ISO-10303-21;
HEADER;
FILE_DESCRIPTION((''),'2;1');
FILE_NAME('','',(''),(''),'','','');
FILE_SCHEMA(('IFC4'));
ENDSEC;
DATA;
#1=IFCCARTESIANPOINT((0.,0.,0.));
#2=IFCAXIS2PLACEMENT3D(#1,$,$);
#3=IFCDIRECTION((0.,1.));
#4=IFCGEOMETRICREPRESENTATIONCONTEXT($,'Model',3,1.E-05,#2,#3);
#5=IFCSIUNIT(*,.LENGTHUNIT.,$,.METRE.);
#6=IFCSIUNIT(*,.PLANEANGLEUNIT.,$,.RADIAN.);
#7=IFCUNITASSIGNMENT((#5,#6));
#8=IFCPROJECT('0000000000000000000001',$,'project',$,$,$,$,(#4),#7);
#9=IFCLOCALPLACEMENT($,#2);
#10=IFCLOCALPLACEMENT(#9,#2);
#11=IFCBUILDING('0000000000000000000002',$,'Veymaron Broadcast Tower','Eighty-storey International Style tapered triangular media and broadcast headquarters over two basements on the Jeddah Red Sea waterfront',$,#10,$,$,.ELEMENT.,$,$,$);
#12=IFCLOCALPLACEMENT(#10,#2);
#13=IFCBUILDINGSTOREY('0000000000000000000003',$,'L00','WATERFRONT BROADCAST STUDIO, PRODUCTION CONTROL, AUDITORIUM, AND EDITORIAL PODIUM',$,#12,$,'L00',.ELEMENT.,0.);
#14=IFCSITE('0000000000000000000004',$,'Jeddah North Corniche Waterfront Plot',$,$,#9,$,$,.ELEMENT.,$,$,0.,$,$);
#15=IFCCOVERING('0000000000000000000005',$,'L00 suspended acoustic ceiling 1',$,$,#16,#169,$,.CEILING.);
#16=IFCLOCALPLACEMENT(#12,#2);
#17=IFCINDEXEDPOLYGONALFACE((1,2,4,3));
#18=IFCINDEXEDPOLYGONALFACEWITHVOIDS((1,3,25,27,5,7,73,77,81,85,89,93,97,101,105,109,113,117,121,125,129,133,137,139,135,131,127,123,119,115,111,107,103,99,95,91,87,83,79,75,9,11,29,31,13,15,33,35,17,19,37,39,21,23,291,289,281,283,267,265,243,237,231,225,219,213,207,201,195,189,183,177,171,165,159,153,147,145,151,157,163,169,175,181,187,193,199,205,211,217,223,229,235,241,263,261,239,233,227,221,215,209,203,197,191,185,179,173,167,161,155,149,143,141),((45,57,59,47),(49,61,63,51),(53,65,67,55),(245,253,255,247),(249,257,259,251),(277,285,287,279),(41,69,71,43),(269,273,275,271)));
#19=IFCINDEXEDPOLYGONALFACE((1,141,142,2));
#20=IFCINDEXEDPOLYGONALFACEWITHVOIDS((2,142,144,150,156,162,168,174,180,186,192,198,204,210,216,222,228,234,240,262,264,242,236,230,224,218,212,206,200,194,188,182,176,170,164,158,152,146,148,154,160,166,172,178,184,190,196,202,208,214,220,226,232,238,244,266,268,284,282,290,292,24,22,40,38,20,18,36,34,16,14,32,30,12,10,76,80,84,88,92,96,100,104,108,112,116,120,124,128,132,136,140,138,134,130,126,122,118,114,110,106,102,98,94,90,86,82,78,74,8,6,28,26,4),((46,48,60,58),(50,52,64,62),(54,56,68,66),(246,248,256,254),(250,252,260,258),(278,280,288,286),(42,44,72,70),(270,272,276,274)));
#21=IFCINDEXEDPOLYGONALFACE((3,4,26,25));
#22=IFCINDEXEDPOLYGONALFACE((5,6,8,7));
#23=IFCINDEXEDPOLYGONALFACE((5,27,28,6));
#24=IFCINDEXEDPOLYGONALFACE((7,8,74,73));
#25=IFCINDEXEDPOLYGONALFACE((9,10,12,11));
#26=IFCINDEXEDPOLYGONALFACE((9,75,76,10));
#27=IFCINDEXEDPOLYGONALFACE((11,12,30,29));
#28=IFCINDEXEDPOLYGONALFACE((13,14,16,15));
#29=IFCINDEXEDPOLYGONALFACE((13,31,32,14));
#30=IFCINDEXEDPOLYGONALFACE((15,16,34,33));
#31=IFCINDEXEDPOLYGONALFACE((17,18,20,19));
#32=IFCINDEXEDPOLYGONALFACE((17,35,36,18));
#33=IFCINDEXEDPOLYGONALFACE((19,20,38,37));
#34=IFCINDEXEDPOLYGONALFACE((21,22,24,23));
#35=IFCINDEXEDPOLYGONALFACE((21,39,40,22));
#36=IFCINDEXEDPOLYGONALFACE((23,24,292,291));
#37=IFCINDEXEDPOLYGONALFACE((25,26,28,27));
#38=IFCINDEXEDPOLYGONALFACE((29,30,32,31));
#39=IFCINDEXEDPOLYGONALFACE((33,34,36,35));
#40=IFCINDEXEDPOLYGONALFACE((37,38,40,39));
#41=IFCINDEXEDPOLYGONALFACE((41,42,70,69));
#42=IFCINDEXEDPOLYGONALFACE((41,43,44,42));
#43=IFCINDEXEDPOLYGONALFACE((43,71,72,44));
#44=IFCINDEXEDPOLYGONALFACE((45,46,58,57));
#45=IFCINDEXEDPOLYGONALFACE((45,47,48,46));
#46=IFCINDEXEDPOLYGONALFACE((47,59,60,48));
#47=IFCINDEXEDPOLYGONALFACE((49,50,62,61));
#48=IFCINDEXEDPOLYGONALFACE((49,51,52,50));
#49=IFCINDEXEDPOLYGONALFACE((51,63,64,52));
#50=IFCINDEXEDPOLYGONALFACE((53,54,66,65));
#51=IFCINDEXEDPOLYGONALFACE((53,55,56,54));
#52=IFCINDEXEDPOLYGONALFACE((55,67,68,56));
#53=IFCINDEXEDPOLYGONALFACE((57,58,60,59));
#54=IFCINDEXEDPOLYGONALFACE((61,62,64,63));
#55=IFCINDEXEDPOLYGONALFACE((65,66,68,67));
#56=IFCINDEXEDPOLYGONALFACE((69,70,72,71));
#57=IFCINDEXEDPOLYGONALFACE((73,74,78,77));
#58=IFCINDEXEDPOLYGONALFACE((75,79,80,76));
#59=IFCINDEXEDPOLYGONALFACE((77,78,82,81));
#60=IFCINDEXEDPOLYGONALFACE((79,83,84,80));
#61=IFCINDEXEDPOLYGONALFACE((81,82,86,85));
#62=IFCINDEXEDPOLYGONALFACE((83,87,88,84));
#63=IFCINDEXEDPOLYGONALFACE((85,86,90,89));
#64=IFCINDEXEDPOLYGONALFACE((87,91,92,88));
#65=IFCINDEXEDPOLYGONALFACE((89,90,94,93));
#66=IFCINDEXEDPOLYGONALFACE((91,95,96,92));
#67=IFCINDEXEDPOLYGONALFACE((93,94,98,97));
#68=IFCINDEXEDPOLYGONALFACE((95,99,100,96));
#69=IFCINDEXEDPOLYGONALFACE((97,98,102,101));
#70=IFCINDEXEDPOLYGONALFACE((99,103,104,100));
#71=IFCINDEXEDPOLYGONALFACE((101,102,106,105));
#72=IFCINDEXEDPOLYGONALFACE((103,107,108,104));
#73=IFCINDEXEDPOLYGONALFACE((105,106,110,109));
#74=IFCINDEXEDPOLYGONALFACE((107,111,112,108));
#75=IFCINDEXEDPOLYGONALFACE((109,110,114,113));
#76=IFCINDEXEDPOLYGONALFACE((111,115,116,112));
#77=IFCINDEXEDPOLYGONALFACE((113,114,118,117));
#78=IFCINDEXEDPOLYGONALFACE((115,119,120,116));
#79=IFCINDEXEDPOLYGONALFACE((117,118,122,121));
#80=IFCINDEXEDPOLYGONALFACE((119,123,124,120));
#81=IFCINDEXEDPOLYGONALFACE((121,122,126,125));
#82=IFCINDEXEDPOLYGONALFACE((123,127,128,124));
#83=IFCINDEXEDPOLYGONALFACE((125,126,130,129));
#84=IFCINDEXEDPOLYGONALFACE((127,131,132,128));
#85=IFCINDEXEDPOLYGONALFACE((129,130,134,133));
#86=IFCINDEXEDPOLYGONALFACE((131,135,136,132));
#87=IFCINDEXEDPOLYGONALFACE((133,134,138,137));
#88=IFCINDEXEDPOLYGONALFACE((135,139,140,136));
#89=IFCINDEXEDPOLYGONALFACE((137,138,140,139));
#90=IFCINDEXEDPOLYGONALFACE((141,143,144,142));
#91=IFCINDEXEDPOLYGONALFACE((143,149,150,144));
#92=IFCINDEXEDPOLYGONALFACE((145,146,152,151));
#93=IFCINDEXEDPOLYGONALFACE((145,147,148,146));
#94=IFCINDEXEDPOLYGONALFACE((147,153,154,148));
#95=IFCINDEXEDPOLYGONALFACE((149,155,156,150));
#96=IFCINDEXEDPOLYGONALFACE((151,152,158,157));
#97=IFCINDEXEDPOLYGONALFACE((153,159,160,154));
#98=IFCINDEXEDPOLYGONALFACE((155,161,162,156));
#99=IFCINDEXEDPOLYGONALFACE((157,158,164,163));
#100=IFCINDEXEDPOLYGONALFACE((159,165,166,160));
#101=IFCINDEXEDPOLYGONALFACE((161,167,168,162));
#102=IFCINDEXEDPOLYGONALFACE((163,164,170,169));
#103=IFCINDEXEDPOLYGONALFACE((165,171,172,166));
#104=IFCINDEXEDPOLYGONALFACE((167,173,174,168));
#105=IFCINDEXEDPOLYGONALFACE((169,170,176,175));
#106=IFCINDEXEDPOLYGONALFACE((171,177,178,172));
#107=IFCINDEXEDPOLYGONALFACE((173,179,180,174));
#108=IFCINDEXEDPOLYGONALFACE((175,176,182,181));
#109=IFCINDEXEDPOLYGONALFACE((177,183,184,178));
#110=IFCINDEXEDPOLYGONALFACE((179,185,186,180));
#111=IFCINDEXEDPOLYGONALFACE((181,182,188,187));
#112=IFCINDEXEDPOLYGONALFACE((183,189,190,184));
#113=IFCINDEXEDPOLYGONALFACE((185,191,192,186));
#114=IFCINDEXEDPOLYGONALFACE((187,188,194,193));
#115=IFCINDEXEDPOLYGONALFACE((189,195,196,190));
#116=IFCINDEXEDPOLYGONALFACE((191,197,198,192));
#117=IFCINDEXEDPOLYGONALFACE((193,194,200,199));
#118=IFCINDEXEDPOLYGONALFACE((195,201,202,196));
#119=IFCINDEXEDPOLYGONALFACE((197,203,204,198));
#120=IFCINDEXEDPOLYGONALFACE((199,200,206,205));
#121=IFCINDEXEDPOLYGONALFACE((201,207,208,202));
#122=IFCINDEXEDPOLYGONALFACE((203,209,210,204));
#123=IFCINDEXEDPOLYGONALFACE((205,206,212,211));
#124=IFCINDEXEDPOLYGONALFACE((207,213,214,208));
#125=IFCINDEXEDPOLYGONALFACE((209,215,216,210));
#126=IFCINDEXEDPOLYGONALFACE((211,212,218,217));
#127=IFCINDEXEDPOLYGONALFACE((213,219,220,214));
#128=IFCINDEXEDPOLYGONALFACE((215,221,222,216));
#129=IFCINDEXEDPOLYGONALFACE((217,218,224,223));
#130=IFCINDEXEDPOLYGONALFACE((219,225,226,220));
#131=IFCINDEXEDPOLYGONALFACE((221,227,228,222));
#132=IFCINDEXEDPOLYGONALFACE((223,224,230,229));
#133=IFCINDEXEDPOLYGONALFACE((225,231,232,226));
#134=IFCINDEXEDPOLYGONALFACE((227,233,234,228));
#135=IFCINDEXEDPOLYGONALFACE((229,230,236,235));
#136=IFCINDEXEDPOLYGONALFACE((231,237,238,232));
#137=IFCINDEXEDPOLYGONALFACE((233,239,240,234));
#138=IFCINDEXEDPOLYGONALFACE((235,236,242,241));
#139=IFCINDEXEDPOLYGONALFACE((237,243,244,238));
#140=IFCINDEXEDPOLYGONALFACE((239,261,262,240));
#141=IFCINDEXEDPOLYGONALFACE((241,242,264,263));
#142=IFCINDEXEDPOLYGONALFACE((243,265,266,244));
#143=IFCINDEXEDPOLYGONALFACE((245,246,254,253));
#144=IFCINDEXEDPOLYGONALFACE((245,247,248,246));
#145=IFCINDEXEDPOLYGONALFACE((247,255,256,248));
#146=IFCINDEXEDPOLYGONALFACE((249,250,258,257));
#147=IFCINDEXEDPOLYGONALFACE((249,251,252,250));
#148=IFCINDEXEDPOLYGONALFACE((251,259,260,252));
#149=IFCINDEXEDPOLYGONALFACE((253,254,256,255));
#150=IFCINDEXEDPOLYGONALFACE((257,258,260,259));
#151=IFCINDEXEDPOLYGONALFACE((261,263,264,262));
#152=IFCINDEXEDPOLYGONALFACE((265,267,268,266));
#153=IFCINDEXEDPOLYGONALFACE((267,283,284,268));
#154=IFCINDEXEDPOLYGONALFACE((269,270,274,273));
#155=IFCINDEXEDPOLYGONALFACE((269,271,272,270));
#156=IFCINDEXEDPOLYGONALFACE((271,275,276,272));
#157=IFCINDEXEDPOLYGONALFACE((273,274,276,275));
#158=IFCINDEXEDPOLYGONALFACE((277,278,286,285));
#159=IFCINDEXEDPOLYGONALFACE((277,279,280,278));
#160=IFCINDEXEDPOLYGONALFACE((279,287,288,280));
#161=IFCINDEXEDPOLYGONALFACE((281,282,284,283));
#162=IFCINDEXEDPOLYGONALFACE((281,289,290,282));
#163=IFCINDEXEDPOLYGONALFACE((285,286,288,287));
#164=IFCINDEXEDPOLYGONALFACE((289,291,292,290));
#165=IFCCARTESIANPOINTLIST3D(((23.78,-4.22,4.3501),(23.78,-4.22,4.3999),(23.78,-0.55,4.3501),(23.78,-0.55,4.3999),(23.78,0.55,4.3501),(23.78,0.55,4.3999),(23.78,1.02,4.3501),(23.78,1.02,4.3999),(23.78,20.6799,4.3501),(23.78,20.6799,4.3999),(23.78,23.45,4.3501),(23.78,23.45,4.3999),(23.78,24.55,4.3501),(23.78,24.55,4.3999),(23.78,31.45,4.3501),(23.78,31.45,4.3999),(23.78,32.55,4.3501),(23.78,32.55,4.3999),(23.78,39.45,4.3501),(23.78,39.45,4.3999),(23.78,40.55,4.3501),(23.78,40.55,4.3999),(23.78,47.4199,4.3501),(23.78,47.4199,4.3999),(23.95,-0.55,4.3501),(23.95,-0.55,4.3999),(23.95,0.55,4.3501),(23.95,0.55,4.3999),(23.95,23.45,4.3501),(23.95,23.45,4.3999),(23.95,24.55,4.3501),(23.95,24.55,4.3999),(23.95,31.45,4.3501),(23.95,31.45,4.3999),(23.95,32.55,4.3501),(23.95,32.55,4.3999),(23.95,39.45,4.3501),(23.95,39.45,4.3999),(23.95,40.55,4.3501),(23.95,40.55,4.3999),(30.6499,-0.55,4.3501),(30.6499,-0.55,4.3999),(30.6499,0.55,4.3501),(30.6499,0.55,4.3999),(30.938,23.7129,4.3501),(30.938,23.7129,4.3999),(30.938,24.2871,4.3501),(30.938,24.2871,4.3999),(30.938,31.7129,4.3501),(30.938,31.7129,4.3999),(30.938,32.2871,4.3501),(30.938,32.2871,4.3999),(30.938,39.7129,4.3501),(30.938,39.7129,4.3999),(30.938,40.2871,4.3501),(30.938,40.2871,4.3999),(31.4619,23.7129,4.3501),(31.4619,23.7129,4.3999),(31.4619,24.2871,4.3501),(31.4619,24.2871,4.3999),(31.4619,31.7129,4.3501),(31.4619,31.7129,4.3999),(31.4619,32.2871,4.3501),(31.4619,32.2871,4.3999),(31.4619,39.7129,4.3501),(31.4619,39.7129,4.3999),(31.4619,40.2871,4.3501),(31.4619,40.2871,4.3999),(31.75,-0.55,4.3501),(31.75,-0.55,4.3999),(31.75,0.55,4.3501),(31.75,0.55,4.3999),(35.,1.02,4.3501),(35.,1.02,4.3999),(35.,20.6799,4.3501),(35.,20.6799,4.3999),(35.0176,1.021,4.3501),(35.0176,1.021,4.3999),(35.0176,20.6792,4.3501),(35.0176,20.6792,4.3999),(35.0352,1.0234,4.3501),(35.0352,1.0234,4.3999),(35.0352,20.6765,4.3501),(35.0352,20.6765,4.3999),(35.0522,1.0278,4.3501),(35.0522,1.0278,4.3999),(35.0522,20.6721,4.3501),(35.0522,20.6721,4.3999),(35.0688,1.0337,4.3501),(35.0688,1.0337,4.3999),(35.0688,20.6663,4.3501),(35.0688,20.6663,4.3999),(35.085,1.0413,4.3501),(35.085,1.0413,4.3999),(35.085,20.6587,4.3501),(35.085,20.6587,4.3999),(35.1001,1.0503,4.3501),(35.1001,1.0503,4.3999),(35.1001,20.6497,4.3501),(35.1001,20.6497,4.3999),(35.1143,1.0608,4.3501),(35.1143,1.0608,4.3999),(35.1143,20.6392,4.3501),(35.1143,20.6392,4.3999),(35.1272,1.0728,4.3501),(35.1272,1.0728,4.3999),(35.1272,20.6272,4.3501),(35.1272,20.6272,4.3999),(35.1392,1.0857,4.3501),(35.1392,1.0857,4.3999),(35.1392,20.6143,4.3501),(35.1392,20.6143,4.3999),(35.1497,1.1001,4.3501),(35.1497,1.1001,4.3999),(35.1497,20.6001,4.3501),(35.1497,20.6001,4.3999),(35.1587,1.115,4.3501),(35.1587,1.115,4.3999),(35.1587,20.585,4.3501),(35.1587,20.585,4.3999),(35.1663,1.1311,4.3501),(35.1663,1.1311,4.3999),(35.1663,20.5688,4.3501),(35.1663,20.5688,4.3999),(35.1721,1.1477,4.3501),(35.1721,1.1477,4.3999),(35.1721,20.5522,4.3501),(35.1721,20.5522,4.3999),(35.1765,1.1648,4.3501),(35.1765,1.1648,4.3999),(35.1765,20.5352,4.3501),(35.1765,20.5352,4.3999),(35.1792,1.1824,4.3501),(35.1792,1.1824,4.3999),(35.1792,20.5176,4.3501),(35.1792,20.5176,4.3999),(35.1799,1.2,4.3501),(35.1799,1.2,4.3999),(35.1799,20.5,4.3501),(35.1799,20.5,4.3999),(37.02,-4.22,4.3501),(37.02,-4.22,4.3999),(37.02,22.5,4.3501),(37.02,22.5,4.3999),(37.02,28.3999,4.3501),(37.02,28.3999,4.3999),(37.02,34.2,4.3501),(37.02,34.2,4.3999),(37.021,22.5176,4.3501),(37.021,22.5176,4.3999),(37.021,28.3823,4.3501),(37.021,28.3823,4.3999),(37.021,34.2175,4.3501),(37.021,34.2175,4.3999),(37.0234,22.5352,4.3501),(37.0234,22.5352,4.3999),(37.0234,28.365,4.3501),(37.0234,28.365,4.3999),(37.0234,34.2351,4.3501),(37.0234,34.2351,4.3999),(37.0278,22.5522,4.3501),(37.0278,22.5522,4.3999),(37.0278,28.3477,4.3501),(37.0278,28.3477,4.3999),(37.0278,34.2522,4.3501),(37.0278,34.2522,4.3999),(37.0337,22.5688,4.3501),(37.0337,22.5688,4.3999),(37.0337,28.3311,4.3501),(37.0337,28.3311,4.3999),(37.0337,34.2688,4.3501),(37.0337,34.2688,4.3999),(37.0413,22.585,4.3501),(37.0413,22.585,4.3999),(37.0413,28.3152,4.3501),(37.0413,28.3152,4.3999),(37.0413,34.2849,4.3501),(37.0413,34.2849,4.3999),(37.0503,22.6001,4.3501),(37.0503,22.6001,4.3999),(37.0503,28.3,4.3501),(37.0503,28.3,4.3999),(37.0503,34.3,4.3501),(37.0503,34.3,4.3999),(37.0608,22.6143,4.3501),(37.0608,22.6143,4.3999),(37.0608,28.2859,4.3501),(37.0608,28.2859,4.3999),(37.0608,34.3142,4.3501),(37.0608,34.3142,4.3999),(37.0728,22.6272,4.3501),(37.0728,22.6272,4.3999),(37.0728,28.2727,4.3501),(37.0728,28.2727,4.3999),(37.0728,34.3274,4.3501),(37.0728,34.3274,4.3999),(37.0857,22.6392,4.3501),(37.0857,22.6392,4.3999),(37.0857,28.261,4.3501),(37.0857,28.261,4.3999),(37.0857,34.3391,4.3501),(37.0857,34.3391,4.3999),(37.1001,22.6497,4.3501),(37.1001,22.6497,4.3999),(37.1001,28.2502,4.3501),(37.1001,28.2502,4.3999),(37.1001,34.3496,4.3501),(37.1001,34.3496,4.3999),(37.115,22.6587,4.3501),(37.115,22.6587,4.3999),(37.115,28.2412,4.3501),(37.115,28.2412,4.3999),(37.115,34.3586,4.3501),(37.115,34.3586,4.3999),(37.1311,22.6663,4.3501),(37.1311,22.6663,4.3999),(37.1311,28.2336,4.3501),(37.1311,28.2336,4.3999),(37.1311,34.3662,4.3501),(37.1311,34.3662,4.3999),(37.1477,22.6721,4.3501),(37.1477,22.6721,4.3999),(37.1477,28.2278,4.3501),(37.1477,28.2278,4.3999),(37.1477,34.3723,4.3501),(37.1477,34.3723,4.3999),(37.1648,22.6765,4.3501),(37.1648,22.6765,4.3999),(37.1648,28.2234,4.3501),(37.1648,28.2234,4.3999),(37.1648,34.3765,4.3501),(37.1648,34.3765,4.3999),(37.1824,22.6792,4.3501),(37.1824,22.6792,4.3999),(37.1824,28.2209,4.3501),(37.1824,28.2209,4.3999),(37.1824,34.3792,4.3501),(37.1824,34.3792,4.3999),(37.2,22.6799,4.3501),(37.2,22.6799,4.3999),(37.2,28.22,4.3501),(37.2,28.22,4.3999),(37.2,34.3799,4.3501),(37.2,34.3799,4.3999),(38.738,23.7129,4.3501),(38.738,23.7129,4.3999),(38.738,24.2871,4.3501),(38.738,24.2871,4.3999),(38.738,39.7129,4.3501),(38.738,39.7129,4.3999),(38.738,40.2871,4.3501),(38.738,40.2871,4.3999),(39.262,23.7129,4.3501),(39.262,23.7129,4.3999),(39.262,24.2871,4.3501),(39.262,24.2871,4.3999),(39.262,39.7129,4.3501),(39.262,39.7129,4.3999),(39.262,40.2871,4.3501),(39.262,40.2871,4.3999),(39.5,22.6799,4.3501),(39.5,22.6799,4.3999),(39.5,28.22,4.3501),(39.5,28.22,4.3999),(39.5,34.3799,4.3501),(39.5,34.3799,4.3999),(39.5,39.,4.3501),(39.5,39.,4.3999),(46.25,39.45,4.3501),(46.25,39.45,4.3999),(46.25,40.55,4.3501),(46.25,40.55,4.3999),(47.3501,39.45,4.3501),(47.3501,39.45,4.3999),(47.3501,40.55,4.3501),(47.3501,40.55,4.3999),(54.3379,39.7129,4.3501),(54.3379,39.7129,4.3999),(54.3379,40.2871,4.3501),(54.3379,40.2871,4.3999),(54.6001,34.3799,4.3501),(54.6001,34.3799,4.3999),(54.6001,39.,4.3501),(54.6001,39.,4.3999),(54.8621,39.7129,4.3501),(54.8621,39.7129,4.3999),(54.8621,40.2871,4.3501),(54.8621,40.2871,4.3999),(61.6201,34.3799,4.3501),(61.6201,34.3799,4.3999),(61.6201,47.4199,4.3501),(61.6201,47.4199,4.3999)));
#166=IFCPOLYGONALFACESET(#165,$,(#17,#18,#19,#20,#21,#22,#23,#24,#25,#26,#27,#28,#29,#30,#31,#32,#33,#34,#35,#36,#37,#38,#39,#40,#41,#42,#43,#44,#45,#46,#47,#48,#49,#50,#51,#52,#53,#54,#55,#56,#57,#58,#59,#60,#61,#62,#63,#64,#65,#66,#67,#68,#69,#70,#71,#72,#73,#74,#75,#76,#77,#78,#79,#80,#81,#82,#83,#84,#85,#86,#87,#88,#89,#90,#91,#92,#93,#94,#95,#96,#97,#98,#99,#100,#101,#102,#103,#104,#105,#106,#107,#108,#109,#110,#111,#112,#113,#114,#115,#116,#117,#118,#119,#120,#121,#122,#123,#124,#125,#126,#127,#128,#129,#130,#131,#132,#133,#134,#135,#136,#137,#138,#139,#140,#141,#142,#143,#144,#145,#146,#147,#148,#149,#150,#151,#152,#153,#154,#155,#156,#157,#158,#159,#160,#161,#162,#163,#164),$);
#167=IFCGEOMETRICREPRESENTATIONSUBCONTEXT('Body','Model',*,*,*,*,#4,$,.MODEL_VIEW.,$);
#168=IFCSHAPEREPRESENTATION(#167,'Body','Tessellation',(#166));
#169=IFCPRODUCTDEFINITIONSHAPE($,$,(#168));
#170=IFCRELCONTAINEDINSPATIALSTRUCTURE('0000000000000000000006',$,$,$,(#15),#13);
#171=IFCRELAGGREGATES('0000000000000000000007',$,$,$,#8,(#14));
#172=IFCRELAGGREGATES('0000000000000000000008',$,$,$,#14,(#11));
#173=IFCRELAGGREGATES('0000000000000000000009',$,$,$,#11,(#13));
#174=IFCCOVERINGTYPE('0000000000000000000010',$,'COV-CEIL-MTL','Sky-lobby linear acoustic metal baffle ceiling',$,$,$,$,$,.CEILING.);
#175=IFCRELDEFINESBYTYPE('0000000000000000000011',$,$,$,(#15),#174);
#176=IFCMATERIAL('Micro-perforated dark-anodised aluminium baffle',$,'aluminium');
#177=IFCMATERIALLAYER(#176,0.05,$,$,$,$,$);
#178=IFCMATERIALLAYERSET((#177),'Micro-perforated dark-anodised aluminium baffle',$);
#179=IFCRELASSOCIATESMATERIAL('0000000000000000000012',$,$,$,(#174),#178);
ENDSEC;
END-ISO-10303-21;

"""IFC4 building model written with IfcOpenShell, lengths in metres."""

from ifc_helpers import new_model, si_unit, direction, frame, origin, place, context, subcontext, project, spatial, polyline, outline, extrude, material, layer, layer_set, type_object, element, save


model = new_model("IFC4")

# Units and contexts
model_context = context("Model", 3, precision=1e-05, world=origin(), true_north=direction((0.0, 1.0)))
body_context = subcontext(model_context, "Body", "Model", "MODEL_VIEW")
ifc_project = project(units=[si_unit("LENGTHUNIT", "METRE"), si_unit("PLANEANGLEUNIT", "RADIAN")], contexts=[model_context])

# Site, building, storey
site_placement = place(None, origin())
site = spatial("IfcSite", under=ifc_project, at=site_placement, Name="Jeddah North Corniche Waterfront Plot", CompositionType="ELEMENT", RefElevation=0.0)
building_placement = place(site_placement, origin())
building = spatial("IfcBuilding", under=site, at=building_placement, Name="Veymaron Broadcast Tower", Description="Eighty-storey International Style tapered triangular media and broadcast headquarters over two basements on the Jeddah Red Sea waterfront", CompositionType="ELEMENT")
storey_placement = place(building_placement, origin())
storey = spatial("IfcBuildingStorey", under=building, at=storey_placement, Name="L00", Description="WATERFRONT BROADCAST STUDIO, PRODUCTION CONTROL, AUDITORIUM, AND EDITORIAL PODIUM", LongName="L00", CompositionType="ELEMENT", Elevation=0.0)

# Covering
ifc_material_1 = material(Name="Micro-perforated dark-anodised aluminium baffle", Category="aluminium")
ifc_layer_1 = layer(ifc_material_1, 0.05)
ifc_layer_set_1 = layer_set([ifc_layer_1], Name="Micro-perforated dark-anodised aluminium baffle")
covering_type_1 = type_object("IfcCoveringType", Name="COV-CEIL-MTL", Description="Sky-lobby linear acoustic metal baffle ceiling", PredefinedType="CEILING", material=ifc_layer_set_1)
covering_1_placement = place(storey_placement, frame((0.0, 0.0, 4.3501)))
element("IfcCovering", 1, at=covering_1_placement, inside=storey, type_object=covering_type_1, Name="L00 suspended acoustic ceiling 1", PredefinedType="CEILING", context=body_context, shape_type="SweptSolid", body=[
    extrude(outline(polyline([(37.0608, 22.6143), (37.0503, 22.6001), (37.0413, 22.585), (37.0337, 22.5688), (37.0278, 22.5522), (37.0234, 22.5352), (37.021, 22.5176), (37.02, 22.5), (37.02, -4.22), (23.78, -4.22), (23.78, -0.55), (23.95, -0.55), (23.95, 0.55), (23.78, 0.55), (23.78, 1.02), (35.0, 1.02), (35.0176, 1.021), (35.0352, 1.0234), (35.0522, 1.0278), (35.0688, 1.0337), (35.085, 1.0413), (35.1001, 1.0503), (35.1143, 1.0608), (35.1272, 1.0728), (35.1392, 1.0857), (35.1497, 1.1001), (35.1587, 1.115), (35.1663, 1.1311), (35.1721, 1.1477), (35.1765, 1.1648), (35.1792, 1.1824), (35.1799, 1.2), (35.1799, 20.5), (35.1792, 20.5176), (35.1765, 20.5352), (35.1721, 20.5522), (35.1663, 20.5688), (35.1587, 20.585), (35.1497, 20.6001), (35.1392, 20.6143), (35.1272, 20.6272), (35.1143, 20.6392), (35.1001, 20.6497), (35.085, 20.6587), (35.0688, 20.6663), (35.0522, 20.6721), (35.0352, 20.6765), (35.0176, 20.6792), (35.0, 20.6799), (23.78, 20.6799), (23.78, 23.45), (23.95, 23.45), (23.95, 24.55), (23.78, 24.55), (23.78, 31.45), (23.95, 31.45), (23.95, 32.55), (23.78, 32.55), (23.78, 39.45), (23.95, 39.45), (23.95, 40.55), (23.78, 40.55), (23.78, 47.4199), (61.6201, 47.4199), (61.6201, 34.3799), (54.6001, 34.3799), (54.6001, 39.0), (39.5, 39.0), (39.5, 34.3799), (37.2, 34.3799), (37.1824, 34.3792), (37.1648, 34.3765), (37.1477, 34.3723), (37.1311, 34.3662), (37.115, 34.3586), (37.1001, 34.3496), (37.0857, 34.3391), (37.0728, 34.3274), (37.0608, 34.3142), (37.0503, 34.3), (37.0413, 34.2849), (37.0337, 34.2688), (37.0278, 34.2522), (37.0234, 34.2351), (37.021, 34.2175), (37.02, 34.2), (37.02, 28.3999), (37.021, 28.3823), (37.0234, 28.365), (37.0278, 28.3477), (37.0337, 28.3311), (37.0413, 28.3152), (37.0503, 28.3), (37.0608, 28.2859), (37.0728, 28.2727), (37.0857, 28.261), (37.1001, 28.2502), (37.115, 28.2412), (37.1311, 28.2336), (37.1477, 28.2278), (37.1648, 28.2234), (37.1824, 28.2209), (37.2, 28.22), (39.5, 28.22), (39.5, 22.6799), (37.2, 22.6799), (37.1824, 22.6792), (37.1648, 22.6765), (37.1477, 22.6721), (37.1311, 22.6663), (37.115, 22.6587), (37.1001, 22.6497), (37.0857, 22.6392), (37.0728, 22.6272), (37.0608, 22.6143)]), holes=[polyline([(54.8621, 39.7129), (54.8621, 40.2871), (54.3379, 40.2871), (54.3379, 39.7129), (54.8621, 39.7129)]), polyline([(47.3501, 40.55), (46.25, 40.55), (46.25, 39.45), (47.3501, 39.45), (47.3501, 40.55)]), polyline([(38.738, 23.7129), (39.262, 23.7129), (39.262, 24.2871), (38.738, 24.2871), (38.738, 23.7129)]), polyline([(39.262, 40.2871), (38.738, 40.2871), (38.738, 39.7129), (39.262, 39.7129), (39.262, 40.2871)]), polyline([(30.6499, 0.55), (30.6499, -0.55), (31.75, -0.55), (31.75, 0.55), (30.6499, 0.55)]), polyline([(30.938, 31.7129), (31.4619, 31.7129), (31.4619, 32.2871), (30.938, 32.2871), (30.938, 31.7129)]), polyline([(30.938, 40.2871), (30.938, 39.7129), (31.4619, 39.7129), (31.4619, 40.2871), (30.938, 40.2871)]), polyline([(31.4619, 23.7129), (31.4619, 24.2871), (30.938, 24.2871), (30.938, 23.7129), (31.4619, 23.7129)])]), origin(), (0.0, 0.0, 1.0), 0.0498),
])

save(model, "model.ifc")
